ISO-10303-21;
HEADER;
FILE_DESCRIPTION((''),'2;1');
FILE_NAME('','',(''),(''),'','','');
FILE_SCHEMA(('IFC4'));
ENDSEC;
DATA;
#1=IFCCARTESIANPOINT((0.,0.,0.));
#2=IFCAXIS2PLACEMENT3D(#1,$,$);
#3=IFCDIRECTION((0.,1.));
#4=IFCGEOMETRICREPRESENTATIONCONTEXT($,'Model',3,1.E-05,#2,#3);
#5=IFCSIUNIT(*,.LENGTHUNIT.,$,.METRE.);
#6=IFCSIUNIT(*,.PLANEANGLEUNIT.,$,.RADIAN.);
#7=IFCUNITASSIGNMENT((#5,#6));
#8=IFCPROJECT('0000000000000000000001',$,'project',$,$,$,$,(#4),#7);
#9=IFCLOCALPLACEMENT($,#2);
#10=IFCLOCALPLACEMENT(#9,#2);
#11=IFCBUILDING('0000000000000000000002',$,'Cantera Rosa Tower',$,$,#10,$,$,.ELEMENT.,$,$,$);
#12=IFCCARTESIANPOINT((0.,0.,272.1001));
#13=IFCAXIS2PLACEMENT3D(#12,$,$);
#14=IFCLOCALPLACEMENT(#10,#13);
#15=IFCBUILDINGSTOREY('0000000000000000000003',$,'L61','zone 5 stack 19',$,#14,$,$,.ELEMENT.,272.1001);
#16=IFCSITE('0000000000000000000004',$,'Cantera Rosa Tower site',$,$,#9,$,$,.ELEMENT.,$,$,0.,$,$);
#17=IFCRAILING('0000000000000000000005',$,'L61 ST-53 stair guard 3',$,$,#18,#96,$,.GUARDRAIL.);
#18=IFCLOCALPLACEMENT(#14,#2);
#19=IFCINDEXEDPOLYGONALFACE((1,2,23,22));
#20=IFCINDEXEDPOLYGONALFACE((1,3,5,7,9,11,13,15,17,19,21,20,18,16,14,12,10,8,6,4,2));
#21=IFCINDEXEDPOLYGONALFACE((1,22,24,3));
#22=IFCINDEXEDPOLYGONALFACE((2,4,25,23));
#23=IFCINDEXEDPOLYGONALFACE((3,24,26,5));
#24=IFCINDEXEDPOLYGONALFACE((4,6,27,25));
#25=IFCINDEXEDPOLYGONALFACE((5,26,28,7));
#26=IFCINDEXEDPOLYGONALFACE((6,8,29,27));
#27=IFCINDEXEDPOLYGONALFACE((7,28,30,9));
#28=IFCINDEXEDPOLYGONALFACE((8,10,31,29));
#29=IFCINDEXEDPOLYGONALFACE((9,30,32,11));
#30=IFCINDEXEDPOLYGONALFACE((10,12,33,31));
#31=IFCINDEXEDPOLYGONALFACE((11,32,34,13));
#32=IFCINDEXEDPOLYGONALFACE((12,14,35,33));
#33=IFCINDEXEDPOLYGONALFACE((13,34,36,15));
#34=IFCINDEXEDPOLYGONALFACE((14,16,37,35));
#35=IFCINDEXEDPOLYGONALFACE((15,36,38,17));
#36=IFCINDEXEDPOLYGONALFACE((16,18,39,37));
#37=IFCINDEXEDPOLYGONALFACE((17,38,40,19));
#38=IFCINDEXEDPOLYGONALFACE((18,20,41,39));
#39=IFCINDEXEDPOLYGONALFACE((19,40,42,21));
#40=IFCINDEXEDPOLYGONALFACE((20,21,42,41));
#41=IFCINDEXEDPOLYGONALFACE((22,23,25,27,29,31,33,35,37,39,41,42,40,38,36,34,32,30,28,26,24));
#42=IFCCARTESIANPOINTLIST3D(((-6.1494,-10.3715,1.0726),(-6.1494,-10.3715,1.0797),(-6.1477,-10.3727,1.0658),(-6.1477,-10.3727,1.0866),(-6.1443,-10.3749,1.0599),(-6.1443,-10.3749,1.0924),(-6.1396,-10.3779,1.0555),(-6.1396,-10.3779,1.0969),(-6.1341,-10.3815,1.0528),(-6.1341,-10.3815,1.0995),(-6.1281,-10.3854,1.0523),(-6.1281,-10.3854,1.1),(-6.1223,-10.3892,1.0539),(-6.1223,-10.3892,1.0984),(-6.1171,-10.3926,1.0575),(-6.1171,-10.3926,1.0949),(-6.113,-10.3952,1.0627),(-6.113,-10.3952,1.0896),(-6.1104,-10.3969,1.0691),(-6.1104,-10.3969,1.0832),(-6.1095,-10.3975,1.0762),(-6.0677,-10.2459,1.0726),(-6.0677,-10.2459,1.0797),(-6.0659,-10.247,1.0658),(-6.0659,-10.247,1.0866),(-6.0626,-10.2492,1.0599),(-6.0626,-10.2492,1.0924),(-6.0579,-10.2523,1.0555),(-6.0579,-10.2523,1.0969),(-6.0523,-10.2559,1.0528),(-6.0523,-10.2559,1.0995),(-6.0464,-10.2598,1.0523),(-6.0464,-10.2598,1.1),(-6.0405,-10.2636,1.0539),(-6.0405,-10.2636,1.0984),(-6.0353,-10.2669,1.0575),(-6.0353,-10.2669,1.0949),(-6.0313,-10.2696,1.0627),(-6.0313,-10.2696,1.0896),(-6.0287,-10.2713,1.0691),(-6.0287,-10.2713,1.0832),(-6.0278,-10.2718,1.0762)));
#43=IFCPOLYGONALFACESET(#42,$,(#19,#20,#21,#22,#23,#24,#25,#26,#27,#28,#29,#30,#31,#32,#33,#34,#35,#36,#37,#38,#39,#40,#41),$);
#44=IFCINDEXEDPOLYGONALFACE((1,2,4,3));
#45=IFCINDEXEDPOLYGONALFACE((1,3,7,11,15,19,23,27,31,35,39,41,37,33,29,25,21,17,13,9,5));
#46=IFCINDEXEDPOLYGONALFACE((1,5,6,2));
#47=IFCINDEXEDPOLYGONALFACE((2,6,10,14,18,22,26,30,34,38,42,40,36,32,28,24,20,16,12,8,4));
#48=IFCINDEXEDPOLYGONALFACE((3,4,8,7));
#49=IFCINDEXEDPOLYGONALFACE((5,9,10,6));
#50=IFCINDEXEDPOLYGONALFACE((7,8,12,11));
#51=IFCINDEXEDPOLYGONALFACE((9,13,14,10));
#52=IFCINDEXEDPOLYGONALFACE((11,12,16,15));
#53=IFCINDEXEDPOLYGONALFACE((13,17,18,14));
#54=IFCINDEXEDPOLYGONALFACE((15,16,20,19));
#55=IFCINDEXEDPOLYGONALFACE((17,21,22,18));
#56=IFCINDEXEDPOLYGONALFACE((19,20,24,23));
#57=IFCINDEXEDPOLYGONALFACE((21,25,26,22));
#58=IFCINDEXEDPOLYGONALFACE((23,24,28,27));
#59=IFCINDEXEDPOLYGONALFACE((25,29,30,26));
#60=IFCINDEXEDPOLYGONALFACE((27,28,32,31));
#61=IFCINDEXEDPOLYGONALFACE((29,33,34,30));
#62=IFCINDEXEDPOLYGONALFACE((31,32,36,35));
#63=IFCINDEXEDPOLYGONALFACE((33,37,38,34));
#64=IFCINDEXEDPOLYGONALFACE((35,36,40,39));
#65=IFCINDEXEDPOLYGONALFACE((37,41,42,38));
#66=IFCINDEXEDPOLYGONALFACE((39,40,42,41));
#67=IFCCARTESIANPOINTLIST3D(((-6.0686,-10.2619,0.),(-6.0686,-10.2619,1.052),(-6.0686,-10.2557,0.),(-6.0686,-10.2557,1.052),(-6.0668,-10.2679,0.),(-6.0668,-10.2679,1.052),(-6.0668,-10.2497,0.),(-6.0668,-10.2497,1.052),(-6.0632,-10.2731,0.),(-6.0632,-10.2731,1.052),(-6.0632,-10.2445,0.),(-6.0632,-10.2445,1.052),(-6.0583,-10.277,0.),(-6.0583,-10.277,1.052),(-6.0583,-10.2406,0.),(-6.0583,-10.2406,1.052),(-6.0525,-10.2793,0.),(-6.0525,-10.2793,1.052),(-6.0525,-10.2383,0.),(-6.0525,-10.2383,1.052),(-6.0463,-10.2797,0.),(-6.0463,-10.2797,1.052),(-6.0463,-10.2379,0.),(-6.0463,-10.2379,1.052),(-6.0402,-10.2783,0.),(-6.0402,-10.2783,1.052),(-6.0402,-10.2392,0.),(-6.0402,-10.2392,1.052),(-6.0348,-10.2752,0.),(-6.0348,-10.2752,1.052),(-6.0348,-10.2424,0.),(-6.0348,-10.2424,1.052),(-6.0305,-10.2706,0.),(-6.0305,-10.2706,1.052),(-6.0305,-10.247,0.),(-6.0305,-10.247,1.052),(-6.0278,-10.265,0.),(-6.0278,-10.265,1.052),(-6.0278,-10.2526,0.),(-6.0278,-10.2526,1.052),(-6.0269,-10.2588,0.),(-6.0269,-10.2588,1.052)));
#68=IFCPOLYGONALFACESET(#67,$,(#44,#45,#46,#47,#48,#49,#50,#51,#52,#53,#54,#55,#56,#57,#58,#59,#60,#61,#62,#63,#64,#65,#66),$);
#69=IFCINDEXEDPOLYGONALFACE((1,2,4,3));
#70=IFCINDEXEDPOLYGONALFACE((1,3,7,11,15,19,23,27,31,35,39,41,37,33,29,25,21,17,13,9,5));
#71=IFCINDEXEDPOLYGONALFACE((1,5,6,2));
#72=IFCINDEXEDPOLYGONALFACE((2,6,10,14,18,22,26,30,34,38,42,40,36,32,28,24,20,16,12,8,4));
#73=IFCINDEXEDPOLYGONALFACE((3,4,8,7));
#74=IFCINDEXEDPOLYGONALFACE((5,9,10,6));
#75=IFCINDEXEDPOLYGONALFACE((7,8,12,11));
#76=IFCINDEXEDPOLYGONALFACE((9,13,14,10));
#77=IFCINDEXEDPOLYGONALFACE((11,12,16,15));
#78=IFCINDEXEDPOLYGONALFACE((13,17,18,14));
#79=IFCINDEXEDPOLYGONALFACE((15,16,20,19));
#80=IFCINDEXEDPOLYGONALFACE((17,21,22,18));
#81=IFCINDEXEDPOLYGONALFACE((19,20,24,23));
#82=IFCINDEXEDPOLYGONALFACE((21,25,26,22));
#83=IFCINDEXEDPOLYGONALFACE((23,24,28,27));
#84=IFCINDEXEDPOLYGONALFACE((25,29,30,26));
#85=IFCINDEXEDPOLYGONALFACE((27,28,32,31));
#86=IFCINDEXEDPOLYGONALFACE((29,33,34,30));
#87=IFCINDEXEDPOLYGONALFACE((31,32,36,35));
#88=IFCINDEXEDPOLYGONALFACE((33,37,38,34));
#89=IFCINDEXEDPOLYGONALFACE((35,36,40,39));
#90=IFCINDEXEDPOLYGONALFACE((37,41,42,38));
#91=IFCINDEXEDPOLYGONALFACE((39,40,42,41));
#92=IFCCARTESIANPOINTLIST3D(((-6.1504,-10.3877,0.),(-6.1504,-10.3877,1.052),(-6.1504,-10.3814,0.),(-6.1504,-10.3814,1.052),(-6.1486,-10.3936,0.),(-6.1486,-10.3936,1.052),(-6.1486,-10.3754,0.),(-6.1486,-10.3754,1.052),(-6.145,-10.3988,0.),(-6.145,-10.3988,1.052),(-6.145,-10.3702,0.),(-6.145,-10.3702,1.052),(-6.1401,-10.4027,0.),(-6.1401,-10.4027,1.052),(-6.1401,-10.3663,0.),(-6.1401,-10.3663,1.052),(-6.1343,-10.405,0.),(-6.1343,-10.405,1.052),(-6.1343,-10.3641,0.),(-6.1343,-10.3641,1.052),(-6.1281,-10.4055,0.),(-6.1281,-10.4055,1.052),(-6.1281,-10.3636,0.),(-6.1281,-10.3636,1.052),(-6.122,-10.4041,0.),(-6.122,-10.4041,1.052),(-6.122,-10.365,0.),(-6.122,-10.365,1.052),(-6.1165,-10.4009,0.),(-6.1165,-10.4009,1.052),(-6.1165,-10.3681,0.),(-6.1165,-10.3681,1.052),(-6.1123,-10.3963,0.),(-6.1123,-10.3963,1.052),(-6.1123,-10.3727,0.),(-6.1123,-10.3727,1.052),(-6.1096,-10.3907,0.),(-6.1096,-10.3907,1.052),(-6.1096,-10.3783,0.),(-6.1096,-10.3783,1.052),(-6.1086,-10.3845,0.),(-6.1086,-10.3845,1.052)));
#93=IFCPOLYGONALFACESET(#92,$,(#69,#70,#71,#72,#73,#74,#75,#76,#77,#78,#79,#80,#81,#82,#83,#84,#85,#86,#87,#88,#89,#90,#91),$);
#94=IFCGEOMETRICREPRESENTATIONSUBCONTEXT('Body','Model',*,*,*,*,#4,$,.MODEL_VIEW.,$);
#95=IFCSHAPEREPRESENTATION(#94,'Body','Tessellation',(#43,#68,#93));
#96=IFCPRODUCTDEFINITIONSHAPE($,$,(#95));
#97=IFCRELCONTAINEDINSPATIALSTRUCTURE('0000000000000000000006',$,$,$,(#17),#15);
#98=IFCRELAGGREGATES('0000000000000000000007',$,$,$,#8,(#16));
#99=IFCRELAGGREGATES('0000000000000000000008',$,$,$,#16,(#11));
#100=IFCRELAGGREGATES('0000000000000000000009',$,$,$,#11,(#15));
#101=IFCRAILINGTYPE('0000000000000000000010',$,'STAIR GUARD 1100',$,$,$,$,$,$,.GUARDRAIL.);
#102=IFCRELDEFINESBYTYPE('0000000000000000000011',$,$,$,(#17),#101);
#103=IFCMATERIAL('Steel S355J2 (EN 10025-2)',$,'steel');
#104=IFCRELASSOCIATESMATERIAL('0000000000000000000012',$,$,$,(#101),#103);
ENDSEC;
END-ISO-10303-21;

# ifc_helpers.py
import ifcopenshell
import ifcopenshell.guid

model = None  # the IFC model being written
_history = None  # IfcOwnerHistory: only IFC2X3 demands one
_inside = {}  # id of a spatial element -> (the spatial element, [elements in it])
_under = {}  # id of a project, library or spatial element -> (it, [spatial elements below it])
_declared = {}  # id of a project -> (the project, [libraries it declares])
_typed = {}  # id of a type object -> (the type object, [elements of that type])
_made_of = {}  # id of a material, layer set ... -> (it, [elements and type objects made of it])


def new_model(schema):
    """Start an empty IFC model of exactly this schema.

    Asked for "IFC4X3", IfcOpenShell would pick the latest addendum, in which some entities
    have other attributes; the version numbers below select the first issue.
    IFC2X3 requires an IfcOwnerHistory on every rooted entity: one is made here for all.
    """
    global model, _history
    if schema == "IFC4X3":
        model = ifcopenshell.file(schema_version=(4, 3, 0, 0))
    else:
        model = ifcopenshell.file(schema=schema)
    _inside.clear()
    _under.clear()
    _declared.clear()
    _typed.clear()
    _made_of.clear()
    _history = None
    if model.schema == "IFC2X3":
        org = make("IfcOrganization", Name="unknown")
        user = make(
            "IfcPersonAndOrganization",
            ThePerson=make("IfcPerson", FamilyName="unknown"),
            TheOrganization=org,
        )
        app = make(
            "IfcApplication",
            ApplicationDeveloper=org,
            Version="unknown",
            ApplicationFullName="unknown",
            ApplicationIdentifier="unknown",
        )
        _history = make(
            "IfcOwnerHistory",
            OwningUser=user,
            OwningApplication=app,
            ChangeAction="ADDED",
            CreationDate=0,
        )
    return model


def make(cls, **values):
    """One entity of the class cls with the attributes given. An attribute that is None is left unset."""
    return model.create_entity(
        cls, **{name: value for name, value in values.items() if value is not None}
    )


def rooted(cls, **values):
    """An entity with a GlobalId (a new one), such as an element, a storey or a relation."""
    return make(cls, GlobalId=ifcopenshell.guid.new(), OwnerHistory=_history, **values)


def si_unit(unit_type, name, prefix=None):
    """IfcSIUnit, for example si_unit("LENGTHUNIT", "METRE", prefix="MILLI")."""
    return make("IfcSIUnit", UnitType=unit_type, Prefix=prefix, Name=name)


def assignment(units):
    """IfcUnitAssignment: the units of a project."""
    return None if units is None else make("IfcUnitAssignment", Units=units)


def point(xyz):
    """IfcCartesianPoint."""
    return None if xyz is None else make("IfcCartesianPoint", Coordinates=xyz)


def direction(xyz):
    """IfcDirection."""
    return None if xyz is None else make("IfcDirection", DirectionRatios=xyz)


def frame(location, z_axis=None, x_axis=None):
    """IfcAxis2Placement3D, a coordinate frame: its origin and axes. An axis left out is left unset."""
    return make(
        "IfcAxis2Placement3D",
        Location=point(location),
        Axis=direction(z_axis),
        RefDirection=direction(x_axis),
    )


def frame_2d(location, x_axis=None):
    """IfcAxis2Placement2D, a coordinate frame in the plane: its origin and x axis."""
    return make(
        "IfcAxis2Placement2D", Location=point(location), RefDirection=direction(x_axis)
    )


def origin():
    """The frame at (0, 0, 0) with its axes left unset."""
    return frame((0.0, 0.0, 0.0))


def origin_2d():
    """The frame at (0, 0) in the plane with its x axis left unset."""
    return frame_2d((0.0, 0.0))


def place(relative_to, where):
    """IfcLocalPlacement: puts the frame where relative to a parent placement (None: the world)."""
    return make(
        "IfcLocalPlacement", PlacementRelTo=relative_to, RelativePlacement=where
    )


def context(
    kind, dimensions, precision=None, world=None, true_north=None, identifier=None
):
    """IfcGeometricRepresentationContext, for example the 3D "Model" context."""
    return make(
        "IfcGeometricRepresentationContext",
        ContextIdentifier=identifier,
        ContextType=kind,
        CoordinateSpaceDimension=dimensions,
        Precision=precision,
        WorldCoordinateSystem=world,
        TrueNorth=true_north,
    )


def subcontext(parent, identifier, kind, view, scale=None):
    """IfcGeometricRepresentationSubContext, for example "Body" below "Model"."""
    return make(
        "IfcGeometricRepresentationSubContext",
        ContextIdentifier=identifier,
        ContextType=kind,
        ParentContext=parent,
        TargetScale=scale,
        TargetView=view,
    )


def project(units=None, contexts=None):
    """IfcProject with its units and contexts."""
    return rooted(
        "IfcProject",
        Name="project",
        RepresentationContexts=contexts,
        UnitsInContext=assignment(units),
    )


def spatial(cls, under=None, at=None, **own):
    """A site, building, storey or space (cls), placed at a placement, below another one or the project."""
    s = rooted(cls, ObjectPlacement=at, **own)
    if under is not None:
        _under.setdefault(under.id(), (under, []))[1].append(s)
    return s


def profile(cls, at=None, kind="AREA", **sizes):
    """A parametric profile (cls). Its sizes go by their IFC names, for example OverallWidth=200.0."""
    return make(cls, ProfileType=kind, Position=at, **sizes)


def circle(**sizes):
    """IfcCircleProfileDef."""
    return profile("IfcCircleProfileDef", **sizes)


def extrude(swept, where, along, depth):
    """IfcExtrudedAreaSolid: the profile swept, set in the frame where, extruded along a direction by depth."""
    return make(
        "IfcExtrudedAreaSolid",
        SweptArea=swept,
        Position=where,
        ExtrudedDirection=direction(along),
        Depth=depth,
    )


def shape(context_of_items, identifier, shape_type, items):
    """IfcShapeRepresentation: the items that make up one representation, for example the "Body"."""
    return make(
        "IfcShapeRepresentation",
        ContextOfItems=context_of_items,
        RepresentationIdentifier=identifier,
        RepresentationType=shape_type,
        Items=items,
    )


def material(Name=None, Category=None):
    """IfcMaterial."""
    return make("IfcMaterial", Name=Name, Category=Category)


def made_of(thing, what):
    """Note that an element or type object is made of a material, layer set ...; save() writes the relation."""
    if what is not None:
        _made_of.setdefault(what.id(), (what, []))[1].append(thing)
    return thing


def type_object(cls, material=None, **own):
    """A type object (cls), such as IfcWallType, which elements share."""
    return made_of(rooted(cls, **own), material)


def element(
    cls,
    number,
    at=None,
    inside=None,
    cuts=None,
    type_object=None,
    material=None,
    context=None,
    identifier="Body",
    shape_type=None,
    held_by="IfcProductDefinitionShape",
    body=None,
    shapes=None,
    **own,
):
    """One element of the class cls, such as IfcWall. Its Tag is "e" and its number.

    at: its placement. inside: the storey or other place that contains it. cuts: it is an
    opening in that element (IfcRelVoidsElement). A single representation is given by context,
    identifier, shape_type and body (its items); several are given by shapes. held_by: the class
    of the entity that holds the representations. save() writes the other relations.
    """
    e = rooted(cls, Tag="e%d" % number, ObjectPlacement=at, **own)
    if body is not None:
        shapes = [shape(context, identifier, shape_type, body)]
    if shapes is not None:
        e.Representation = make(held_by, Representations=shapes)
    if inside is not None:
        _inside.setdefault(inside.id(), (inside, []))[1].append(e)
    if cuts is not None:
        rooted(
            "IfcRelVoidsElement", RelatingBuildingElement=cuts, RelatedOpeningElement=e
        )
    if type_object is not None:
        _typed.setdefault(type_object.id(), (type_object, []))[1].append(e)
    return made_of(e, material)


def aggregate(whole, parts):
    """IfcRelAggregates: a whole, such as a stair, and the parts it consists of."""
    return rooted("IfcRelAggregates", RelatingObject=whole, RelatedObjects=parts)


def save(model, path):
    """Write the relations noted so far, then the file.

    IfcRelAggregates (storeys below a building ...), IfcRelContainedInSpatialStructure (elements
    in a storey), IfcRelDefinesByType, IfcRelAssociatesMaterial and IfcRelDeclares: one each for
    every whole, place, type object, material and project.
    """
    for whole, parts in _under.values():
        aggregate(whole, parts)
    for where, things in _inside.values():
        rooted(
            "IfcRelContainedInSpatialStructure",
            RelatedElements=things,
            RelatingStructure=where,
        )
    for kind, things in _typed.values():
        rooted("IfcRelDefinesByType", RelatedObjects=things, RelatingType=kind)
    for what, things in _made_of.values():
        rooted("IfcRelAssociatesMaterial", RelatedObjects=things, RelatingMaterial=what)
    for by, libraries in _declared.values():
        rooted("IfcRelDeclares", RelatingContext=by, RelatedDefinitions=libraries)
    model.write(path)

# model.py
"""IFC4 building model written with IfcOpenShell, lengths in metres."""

from ifc_helpers import new_model, si_unit, direction, frame, origin, origin_2d, place, context, subcontext, project, spatial, circle, extrude, material, type_object, element, save


model = new_model("IFC4")

# Units and contexts
model_context = context("Model", 3, precision=1e-05, world=origin(), true_north=direction((0.0, 1.0)))
body_context = subcontext(model_context, "Body", "Model", "MODEL_VIEW")
ifc_project = project(units=[si_unit("LENGTHUNIT", "METRE"), si_unit("PLANEANGLEUNIT", "RADIAN")], contexts=[model_context])

# Site, building, storey
site_placement = place(None, origin())
site = spatial("IfcSite", under=ifc_project, at=site_placement, Name="Cantera Rosa Tower site", CompositionType="ELEMENT", RefElevation=0.0)
building_placement = place(site_placement, origin())
building = spatial("IfcBuilding", under=site, at=building_placement, Name="Cantera Rosa Tower", CompositionType="ELEMENT")
storey_placement = place(building_placement, frame((0.0, 0.0, 272.1001)))
storey = spatial("IfcBuildingStorey", under=building, at=storey_placement, Name="L61", Description="zone 5 stack 19", CompositionType="ELEMENT", Elevation=272.1001)

# Railing
ifc_material_1 = material(Name="Steel S355J2 (EN 10025-2)", Category="steel")
railing_type_1 = type_object("IfcRailingType", Name="STAIR GUARD 1100", PredefinedType="GUARDRAIL", material=ifc_material_1)
railing_1_placement = place(storey_placement, frame((-6.0479, -10.2588, 0.0)))
element("IfcRailing", 1, at=railing_1_placement, inside=storey, type_object=railing_type_1, Name="L61 ST-53 stair guard 3", PredefinedType="GUARDRAIL", context=body_context, shape_type="SweptSolid", body=[
    extrude(circle(Radius=0.0239, at=origin_2d()), frame((0.0, 0.0, 1.0762), z_axis=(-0.545274, -0.838258, 0.0), x_axis=(0.838258, -0.545274, 0.0)), (0.0, 0.0, 1.0), 0.1499),
    extrude(circle(Radius=0.021, at=origin_2d()), origin(), (0.0, 0.0, 1.0), 1.052),
    extrude(circle(Radius=0.021, at=origin_2d()), frame((-0.0818, -0.1257, 0.0)), (0.0, 0.0, 1.0), 1.052),
])

save(model, "model.ifc")
